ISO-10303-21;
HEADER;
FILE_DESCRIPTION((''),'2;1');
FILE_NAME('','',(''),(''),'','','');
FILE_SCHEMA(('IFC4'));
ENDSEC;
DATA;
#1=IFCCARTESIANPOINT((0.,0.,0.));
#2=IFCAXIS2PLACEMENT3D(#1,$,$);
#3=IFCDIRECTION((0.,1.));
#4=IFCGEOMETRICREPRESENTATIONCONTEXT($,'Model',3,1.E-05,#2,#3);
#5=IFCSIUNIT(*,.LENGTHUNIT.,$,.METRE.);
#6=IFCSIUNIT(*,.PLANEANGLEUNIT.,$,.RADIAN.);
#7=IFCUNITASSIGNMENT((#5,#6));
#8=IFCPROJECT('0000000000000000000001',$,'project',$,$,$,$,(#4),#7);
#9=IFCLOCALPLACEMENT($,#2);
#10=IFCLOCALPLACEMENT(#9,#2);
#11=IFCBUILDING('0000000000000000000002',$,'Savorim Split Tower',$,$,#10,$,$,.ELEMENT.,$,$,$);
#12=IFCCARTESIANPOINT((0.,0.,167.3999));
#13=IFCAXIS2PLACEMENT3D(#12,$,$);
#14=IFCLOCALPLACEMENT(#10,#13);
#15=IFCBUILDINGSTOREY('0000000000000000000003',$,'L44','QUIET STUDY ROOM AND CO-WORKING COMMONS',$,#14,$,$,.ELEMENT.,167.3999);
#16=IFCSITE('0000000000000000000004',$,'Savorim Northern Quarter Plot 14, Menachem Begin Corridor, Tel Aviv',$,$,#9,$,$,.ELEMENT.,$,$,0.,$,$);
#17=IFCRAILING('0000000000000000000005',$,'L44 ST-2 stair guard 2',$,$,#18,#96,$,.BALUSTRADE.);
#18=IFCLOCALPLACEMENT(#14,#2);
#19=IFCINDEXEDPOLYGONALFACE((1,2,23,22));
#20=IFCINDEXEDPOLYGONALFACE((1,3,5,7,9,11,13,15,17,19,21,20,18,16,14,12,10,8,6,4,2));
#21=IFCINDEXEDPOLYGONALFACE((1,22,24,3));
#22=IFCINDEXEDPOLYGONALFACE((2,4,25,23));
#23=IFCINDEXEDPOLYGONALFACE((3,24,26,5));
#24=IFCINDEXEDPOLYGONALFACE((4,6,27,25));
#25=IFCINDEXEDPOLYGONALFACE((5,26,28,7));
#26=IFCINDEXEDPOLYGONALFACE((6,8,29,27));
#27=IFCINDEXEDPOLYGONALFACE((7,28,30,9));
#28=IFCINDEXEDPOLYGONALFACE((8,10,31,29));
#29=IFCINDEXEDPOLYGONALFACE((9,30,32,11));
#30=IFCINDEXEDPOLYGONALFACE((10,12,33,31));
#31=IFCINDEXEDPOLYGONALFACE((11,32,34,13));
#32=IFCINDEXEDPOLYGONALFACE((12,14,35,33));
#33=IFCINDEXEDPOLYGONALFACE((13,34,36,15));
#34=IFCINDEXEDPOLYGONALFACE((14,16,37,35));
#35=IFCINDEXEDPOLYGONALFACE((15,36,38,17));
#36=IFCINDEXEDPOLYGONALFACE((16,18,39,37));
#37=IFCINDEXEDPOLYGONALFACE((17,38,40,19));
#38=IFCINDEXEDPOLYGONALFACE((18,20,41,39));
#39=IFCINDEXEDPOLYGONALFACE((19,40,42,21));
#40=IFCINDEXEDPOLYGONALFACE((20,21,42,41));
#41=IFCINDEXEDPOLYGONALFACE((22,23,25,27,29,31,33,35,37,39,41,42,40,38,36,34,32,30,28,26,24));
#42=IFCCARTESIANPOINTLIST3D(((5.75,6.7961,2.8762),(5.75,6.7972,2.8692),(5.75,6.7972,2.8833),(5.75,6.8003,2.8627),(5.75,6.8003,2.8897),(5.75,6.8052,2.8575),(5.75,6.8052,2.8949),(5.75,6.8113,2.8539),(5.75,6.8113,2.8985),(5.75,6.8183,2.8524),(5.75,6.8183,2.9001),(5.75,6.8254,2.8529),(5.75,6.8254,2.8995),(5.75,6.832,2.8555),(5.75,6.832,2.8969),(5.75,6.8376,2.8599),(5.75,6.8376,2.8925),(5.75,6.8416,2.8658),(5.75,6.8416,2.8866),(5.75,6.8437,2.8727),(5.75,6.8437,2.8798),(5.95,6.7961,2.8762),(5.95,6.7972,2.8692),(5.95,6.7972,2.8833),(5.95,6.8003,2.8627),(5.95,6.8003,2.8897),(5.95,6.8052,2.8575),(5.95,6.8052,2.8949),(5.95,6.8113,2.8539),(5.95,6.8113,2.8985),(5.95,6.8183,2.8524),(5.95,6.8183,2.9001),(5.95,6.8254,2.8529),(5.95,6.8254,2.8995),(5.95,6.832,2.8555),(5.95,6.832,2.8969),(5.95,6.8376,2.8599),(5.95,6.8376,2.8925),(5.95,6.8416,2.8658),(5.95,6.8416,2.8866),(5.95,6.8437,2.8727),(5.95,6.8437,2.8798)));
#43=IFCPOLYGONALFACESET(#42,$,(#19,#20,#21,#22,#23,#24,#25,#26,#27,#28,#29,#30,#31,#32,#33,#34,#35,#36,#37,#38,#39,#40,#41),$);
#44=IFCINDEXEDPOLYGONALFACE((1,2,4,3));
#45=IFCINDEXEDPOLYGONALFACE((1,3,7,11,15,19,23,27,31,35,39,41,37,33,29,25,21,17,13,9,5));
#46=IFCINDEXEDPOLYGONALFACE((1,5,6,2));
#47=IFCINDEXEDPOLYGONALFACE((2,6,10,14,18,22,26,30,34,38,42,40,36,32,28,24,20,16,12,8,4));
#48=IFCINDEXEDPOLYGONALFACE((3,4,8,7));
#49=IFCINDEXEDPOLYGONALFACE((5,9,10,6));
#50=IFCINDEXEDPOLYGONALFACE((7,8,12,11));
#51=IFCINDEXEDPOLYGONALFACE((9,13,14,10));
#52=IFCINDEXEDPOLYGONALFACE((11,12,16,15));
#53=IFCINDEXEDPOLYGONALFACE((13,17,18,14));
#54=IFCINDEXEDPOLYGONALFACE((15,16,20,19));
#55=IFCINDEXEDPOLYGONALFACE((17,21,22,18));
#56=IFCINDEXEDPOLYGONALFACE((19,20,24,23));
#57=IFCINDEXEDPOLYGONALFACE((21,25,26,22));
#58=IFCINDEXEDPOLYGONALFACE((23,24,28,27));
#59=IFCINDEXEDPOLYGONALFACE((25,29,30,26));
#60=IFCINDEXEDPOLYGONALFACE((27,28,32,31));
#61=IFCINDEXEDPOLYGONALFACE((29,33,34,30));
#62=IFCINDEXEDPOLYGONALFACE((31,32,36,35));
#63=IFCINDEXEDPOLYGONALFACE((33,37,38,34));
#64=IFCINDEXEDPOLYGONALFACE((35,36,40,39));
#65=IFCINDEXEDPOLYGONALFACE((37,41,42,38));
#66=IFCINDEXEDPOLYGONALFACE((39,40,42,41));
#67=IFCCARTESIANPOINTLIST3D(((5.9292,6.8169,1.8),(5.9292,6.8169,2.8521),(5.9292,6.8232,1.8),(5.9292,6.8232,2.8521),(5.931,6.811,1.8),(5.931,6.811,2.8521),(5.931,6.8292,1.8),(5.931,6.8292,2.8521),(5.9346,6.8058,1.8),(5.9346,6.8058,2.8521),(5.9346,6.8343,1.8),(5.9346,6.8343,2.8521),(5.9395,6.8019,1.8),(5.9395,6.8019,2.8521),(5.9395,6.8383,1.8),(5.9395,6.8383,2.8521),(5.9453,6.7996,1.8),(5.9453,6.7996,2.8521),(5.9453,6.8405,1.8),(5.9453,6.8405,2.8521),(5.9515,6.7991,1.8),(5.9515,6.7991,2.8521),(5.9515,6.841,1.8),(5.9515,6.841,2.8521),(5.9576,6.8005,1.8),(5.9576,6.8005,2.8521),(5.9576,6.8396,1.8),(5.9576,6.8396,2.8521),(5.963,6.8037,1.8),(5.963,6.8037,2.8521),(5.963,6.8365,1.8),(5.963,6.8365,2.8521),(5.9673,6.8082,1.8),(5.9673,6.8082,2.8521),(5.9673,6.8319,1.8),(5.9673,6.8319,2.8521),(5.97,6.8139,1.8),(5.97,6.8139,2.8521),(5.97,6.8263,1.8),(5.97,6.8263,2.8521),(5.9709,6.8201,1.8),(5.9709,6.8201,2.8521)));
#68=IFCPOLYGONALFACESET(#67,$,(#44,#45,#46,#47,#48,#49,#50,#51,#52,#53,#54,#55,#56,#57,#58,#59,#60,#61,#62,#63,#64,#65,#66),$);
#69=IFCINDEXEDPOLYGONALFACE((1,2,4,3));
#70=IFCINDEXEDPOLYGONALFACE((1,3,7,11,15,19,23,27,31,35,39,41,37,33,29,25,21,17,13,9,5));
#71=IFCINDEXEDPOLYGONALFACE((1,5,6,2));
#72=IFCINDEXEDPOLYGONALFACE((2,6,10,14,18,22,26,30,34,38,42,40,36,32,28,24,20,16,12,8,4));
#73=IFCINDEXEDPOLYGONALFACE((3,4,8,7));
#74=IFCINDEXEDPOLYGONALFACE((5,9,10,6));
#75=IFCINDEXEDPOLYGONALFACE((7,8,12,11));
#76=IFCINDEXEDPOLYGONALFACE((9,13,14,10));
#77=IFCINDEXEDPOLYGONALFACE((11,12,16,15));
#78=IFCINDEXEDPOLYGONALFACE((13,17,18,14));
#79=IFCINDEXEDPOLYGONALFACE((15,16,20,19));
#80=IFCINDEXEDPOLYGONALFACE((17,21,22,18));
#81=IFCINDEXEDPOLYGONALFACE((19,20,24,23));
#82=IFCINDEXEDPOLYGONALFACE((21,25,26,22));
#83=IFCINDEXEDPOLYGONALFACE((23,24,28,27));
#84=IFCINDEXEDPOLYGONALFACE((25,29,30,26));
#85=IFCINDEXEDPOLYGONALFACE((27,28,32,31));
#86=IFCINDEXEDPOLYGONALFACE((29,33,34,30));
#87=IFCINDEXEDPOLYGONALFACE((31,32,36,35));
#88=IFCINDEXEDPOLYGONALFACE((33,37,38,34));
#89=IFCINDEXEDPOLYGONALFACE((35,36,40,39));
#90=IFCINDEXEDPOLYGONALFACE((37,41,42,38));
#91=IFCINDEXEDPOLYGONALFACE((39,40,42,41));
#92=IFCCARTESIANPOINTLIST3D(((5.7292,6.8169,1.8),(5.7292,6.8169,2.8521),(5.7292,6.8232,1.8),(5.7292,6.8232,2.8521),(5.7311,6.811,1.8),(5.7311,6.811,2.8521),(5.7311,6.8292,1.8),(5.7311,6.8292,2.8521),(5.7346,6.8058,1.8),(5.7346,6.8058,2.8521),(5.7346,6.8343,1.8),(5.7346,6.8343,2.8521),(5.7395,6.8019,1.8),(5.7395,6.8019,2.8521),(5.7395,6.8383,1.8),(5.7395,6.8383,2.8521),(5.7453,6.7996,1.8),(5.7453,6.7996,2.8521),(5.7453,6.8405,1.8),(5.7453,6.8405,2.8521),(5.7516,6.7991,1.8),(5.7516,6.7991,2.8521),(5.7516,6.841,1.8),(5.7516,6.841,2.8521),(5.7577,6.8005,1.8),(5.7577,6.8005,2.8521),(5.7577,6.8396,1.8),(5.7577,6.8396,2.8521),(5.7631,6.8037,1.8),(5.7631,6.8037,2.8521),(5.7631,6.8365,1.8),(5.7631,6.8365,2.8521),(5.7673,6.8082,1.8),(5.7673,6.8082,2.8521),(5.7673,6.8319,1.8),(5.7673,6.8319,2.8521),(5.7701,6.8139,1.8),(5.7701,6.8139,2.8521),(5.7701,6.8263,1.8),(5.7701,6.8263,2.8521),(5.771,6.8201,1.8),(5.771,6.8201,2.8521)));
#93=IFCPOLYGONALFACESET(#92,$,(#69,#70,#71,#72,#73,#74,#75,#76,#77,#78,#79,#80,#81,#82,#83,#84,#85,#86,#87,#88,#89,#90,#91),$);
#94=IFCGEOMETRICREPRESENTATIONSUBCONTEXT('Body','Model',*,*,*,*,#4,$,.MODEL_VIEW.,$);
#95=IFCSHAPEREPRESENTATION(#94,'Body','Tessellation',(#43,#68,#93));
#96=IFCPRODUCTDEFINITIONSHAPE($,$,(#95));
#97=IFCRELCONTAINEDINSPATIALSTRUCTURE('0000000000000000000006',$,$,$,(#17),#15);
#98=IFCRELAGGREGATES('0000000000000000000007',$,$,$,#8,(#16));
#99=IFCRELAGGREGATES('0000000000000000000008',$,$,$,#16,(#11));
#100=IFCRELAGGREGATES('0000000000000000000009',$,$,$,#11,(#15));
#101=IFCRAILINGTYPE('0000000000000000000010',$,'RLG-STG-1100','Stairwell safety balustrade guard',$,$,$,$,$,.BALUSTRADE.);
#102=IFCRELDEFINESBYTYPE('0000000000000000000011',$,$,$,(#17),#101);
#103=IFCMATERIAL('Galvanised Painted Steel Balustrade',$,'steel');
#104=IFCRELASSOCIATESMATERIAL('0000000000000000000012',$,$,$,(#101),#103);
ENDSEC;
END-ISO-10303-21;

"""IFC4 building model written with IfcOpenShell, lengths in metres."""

from ifc_helpers import new_model, si_unit, direction, frame, origin, origin_2d, place, context, subcontext, project, spatial, circle, extrude, material, type_object, element, save


model = new_model("IFC4")

# Units and contexts
model_context = context("Model", 3, precision=1e-05, world=origin(), true_north=direction((0.0, 1.0)))
body_context = subcontext(model_context, "Body", "Model", "MODEL_VIEW")
ifc_project = project(units=[si_unit("LENGTHUNIT", "METRE"), si_unit("PLANEANGLEUNIT", "RADIAN")], contexts=[model_context])

# Site, building, storey
site_placement = place(None, origin())
site = spatial("IfcSite", under=ifc_project, at=site_placement, Name="Savorim Northern Quarter Plot 14, Menachem Begin Corridor, Tel Aviv", CompositionType="ELEMENT", RefElevation=0.0)
building_placement = place(site_placement, origin())
building = spatial("IfcBuilding", under=site, at=building_placement, Name="Savorim Split Tower", CompositionType="ELEMENT")
storey_placement = place(building_placement, frame((0.0, 0.0, 167.3999)))
storey = spatial("IfcBuildingStorey", under=building, at=storey_placement, Name="L44", Description="QUIET STUDY ROOM AND CO-WORKING COMMONS", CompositionType="ELEMENT", Elevation=167.3999)

# Railing
ifc_material_1 = material(Name="Galvanised Painted Steel Balustrade", Category="steel")
railing_type_1 = type_object("IfcRailingType", Name="RLG-STG-1100", Description="Stairwell safety balustrade guard", PredefinedType="BALUSTRADE", material=ifc_material_1)
railing_1_placement = place(storey_placement, frame((5.95, 6.8201, 1.8)))
element("IfcRailing", 1, at=railing_1_placement, inside=storey, type_object=railing_type_1, Name="L44 ST-2 stair guard 2", PredefinedType="BALUSTRADE", context=body_context, shape_type="SweptSolid", body=[
    extrude(circle(Radius=0.0239, at=origin_2d()), frame((0.0, 0.0, 1.0762), z_axis=(-1.0, 0.0, 0.0), x_axis=(0.0, -1.0, 0.0)), (0.0, 0.0, 1.0), 0.2),
    extrude(circle(Radius=0.021, at=origin_2d()), origin(), (0.0, 0.0, 1.0), 1.052),
    extrude(circle(Radius=0.021, at=origin_2d()), frame((-0.2, 0.0, 0.0)), (0.0, 0.0, 1.0), 1.052),
])

save(model, "model.ifc")
